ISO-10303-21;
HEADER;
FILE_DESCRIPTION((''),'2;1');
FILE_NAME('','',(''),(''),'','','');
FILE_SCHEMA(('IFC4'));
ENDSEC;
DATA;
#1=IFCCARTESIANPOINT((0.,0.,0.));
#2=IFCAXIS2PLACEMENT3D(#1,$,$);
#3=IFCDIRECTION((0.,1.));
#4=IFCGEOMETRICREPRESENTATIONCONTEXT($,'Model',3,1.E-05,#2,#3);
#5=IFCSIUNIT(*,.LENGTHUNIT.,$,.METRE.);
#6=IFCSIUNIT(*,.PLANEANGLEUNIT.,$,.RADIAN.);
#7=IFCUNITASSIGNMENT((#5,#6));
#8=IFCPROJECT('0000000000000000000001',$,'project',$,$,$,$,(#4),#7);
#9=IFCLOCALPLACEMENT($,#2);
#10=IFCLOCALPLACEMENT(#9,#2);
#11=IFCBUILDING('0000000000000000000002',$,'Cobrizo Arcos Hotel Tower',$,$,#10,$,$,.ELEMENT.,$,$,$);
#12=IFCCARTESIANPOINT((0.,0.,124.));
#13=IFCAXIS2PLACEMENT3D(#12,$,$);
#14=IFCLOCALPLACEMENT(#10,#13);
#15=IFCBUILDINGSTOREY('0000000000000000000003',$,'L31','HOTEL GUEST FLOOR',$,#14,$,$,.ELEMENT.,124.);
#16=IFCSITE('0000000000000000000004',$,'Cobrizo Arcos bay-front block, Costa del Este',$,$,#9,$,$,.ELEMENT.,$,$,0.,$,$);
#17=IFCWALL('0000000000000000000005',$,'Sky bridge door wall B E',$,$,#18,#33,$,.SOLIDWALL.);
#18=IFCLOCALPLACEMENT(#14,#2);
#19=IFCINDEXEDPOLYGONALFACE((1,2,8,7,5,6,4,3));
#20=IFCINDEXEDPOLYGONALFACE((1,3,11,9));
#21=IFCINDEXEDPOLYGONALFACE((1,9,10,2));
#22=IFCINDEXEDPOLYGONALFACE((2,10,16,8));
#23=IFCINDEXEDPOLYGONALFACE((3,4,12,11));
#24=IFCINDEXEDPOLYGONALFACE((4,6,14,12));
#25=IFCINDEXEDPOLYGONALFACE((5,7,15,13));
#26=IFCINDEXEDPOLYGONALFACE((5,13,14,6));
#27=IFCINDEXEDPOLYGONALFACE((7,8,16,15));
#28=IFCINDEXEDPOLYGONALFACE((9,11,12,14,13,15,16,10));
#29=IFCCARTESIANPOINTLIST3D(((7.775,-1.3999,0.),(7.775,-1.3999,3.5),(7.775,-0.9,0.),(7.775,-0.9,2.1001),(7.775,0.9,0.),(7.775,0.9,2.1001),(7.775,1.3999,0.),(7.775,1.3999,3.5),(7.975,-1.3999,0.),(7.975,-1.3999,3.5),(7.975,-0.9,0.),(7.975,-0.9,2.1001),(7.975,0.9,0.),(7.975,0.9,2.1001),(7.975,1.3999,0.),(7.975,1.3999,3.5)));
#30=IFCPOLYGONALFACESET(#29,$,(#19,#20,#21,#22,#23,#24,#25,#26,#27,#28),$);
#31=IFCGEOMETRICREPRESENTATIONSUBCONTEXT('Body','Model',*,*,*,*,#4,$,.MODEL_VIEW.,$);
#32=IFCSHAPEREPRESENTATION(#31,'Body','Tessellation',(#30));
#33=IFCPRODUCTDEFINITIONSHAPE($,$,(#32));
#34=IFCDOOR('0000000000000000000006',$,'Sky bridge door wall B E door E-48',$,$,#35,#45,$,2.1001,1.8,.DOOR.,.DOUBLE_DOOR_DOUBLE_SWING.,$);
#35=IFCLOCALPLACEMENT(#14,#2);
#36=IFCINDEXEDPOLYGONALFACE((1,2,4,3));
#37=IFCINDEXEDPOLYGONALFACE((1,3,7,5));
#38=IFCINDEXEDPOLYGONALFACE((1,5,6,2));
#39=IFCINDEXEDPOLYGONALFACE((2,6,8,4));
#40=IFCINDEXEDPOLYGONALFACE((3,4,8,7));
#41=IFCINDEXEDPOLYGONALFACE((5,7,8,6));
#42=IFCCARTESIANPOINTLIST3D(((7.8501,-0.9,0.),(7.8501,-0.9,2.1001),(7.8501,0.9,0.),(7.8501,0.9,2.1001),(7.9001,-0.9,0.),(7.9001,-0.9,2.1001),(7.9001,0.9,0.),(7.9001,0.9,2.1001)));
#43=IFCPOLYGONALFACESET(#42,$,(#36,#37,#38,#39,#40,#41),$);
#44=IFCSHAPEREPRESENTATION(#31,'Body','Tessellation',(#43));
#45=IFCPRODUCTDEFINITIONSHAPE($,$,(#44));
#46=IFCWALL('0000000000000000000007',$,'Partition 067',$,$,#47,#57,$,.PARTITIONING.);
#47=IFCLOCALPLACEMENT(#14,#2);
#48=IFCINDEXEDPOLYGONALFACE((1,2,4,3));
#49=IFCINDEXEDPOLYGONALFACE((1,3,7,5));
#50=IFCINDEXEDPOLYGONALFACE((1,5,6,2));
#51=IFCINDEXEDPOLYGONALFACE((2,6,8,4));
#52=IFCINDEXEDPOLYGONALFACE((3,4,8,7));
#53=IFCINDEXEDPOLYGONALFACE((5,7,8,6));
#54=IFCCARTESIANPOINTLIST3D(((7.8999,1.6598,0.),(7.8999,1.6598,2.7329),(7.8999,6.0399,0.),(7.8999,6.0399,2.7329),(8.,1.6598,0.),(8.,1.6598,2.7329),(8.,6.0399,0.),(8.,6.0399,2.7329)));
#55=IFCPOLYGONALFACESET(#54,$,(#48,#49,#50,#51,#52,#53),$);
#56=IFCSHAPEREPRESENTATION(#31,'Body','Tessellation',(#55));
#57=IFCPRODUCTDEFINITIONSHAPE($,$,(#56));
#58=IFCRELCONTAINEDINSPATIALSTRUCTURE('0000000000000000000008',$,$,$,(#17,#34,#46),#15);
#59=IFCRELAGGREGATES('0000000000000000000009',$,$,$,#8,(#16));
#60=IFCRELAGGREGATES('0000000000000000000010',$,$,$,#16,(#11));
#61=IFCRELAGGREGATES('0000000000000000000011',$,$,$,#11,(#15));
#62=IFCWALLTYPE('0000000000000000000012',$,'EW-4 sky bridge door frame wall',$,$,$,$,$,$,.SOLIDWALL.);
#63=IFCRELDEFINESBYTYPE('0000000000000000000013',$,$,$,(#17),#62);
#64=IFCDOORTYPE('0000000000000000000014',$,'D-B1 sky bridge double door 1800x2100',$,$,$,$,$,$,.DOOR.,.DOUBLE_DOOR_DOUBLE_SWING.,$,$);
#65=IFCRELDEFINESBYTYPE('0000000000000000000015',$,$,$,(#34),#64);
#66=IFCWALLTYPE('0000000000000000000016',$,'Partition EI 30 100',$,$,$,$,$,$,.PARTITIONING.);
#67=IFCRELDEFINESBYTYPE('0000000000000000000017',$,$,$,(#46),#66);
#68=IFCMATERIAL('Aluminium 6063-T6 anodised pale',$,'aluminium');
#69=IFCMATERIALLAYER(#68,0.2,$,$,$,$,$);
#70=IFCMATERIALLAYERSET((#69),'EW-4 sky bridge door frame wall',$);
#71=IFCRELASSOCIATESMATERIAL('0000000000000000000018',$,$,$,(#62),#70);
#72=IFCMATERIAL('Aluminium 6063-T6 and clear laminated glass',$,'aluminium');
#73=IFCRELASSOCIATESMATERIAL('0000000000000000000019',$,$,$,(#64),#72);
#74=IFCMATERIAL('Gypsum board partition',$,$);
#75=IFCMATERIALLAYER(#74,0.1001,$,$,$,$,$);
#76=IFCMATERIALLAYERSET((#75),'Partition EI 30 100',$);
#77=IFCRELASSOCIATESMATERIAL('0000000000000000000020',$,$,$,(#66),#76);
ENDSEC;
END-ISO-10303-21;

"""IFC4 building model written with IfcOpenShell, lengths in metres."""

from ifc_helpers import new_model, si_unit, direction, frame, frame_2d, origin, place, context, subcontext, project, spatial, rectangle, extrude, material, layer, layer_set, type_object, element, fill, save


model = new_model("IFC4")

# Units and contexts
model_context = context("Model", 3, precision=1e-05, world=origin(), true_north=direction((0.0, 1.0)))
body_context = subcontext(model_context, "Body", "Model", "MODEL_VIEW")
ifc_project = project(units=[si_unit("LENGTHUNIT", "METRE"), si_unit("PLANEANGLEUNIT", "RADIAN")], contexts=[model_context])

# Site, building, storey
site_placement = place(None, origin())
site = spatial("IfcSite", under=ifc_project, at=site_placement, Name="Cobrizo Arcos bay-front block, Costa del Este", CompositionType="ELEMENT", RefElevation=0.0)
building_placement = place(site_placement, origin())
building = spatial("IfcBuilding", under=site, at=building_placement, Name="Cobrizo Arcos Hotel Tower", CompositionType="ELEMENT")
storey_placement = place(building_placement, frame((0.0, 0.0, 124.0)))
storey = spatial("IfcBuildingStorey", under=building, at=storey_placement, Name="L31", Description="HOTEL GUEST FLOOR", CompositionType="ELEMENT", Elevation=124.0)

# Shared definitions
ifc_material_1 = material(Name="Gypsum board partition")

# Wall, opening, door
ifc_material_2 = material(Name="Aluminium 6063-T6 anodised pale", Category="aluminium")
ifc_layer_1 = layer(ifc_material_2, 0.2)
ifc_layer_set_1 = layer_set([ifc_layer_1], Name="EW-4 sky bridge door frame wall")
wall_type_1 = type_object("IfcWallType", Name="EW-4 sky bridge door frame wall", PredefinedType="SOLIDWALL", material=ifc_layer_set_1)
wall_1_placement = place(storey_placement, frame((7.875, -1.3999, 0.0), z_axis=(0.0, 0.0, 1.0), x_axis=(0.0, 1.0, 0.0)))
wall_1 = element("IfcWall", 1, at=wall_1_placement, inside=storey, type_object=wall_type_1, Name="Sky bridge door wall B E", PredefinedType="SOLIDWALL", context=body_context, shape_type="SweptSolid", body=[
    extrude(rectangle(XDim=2.7998, YDim=0.2, at=frame_2d((1.3999, 0.0))), origin(), (0.0, 0.0, 1.0), 3.5),
])
opening_1_placement = place(wall_1_placement, frame((0.5, 0.0, 0.0)))
opening_1 = element("IfcOpeningElement", 2, at=opening_1_placement, cuts=wall_1, PredefinedType="OPENING", context=body_context, shape_type="SweptSolid", body=[
    extrude(rectangle(XDim=1.8, YDim=2.1001, at=frame_2d((0.8999, 1.05))), frame((0.0, 0.1121, 0.0), z_axis=(0.0, -1.0, 0.0), x_axis=(1.0, 0.0, 0.0)), (0.0, 0.0, 1.0), 0.2239),
])
ifc_material_3 = material(Name="Aluminium 6063-T6 and clear laminated glass", Category="aluminium")
door_type_1 = type_object("IfcDoorType", Name="D-B1 sky bridge double door 1800x2100", OperationType="DOUBLE_DOOR_DOUBLE_SWING", PredefinedType="DOOR", material=ifc_material_3)
door_1_placement = place(opening_1_placement, origin())
door_1 = element("IfcDoor", 3, at=door_1_placement, inside=storey, type_object=door_type_1, Name="Sky bridge door wall B E door E-48", OperationType="DOUBLE_DOOR_DOUBLE_SWING", OverallHeight=2.1001, OverallWidth=1.8, PredefinedType="DOOR", context=body_context, shape_type="SweptSolid", body=[
    extrude(rectangle(XDim=1.8, YDim=2.1001, at=frame_2d((0.8999, 1.05))), frame((0.0, 0.0249, 0.0), z_axis=(0.0, -1.0, 0.0), x_axis=(1.0, 0.0, 0.0)), (0.0, 0.0, 1.0), 0.05),
])
fill(opening_1, door_1)

# Wall
ifc_layer_2 = layer(ifc_material_1, 0.1001)
ifc_layer_set_2 = layer_set([ifc_layer_2], Name="Partition EI 30 100")
wall_type_2 = type_object("IfcWallType", Name="Partition EI 30 100", PredefinedType="PARTITIONING", material=ifc_layer_set_2)
wall_2_placement = place(storey_placement, frame((7.95, 1.6599, 0.0), z_axis=(0.0, 0.0, 1.0), x_axis=(0.0, 1.0, 0.0)))
element("IfcWall", 4, at=wall_2_placement, inside=storey, type_object=wall_type_2, Name="Partition 067", PredefinedType="PARTITIONING", context=body_context, shape_type="SweptSolid", body=[
    extrude(rectangle(XDim=4.3801, YDim=0.1001, at=frame_2d((2.1899, 0.0))), origin(), (0.0, 0.0, 1.0), 2.7329),
])

save(model, "model.ifc")
